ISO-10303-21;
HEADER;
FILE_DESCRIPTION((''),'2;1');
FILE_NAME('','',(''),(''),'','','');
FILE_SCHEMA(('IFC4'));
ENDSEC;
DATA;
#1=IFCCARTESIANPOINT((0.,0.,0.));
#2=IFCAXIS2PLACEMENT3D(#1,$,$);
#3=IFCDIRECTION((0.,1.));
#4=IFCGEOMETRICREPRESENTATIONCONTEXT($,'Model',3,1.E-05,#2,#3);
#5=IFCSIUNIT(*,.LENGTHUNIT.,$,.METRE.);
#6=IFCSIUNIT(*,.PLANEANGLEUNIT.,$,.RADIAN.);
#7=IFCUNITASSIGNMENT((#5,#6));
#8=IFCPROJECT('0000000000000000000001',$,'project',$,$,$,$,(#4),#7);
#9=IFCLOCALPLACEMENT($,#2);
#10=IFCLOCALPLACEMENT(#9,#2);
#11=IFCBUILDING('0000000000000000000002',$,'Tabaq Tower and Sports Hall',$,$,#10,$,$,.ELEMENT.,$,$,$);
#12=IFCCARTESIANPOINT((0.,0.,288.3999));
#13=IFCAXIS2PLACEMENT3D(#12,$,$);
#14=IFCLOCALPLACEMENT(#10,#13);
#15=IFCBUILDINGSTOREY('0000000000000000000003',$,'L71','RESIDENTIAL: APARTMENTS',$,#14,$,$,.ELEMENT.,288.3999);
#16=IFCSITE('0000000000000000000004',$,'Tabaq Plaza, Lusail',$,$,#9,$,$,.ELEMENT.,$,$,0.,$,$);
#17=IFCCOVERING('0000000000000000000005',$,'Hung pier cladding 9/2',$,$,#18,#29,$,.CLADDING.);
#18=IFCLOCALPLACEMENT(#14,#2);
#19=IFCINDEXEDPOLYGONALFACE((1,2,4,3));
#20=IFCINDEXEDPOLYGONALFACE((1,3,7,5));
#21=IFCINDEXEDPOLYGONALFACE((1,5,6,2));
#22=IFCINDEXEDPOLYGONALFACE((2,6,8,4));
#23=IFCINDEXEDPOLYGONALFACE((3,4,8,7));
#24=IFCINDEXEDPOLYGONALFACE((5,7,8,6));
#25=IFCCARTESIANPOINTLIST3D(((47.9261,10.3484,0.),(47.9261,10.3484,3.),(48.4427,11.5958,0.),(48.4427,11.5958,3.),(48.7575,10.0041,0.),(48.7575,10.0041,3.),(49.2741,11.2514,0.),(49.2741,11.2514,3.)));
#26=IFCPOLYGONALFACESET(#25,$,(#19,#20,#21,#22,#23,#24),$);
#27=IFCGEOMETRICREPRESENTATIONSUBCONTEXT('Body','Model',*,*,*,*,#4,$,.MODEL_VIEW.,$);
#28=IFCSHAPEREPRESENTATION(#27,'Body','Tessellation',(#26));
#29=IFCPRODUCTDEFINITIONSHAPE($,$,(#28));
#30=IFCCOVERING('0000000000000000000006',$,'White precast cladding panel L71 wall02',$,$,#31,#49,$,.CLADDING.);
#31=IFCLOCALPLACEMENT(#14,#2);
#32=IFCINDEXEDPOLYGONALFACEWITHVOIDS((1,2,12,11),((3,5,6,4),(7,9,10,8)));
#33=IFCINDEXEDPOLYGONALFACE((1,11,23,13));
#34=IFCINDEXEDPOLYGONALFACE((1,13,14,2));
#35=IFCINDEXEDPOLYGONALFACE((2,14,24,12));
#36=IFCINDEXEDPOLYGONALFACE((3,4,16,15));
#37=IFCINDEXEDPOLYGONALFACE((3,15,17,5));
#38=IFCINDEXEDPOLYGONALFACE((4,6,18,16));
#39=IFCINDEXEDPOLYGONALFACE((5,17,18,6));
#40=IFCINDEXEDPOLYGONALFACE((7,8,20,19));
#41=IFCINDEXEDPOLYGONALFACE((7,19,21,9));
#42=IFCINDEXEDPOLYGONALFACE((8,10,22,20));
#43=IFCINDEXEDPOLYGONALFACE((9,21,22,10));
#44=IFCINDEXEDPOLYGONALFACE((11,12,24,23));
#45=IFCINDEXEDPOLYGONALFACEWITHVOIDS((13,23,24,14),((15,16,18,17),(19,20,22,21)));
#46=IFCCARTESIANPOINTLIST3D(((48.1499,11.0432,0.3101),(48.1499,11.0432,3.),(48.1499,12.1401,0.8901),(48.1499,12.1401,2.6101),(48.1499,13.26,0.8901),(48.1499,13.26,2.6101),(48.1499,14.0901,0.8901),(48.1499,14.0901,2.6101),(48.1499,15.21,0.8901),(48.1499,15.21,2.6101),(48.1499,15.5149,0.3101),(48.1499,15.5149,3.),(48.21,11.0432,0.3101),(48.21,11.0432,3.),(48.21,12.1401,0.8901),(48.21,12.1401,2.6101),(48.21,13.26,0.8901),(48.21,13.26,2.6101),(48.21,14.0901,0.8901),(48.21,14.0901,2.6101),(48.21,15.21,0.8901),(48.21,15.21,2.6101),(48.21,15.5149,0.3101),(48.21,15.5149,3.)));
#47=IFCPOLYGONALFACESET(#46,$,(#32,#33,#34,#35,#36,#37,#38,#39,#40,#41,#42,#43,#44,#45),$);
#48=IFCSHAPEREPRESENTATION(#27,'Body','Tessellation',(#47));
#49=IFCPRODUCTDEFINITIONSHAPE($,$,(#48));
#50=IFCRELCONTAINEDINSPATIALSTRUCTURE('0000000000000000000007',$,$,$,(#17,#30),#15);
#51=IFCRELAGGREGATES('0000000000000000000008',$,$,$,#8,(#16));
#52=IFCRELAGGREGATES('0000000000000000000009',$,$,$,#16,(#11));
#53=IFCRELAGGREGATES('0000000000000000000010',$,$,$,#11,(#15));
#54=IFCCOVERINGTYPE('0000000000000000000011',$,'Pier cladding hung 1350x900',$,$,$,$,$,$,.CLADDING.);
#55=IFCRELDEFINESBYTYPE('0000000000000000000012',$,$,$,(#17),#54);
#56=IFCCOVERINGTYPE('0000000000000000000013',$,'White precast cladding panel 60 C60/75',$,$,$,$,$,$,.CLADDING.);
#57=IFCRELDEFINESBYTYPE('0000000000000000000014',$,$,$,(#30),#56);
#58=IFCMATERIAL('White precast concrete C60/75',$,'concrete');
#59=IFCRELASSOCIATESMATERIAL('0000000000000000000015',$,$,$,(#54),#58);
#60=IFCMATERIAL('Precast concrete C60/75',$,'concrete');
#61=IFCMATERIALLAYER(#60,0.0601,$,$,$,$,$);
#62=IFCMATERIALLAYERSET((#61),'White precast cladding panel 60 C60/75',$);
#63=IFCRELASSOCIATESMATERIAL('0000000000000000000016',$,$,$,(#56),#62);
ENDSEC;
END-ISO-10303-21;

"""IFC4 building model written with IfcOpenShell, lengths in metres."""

from ifc_helpers import new_model, si_unit, direction, frame, frame_2d, origin, place, context, subcontext, project, spatial, polyline, rectangle, outline, extrude, material, layer, layer_set, type_object, element, save


model = new_model("IFC4")

# Units and contexts
model_context = context("Model", 3, precision=1e-05, world=origin(), true_north=direction((0.0, 1.0)))
body_context = subcontext(model_context, "Body", "Model", "MODEL_VIEW")
ifc_project = project(units=[si_unit("LENGTHUNIT", "METRE"), si_unit("PLANEANGLEUNIT", "RADIAN")], contexts=[model_context])

# Site, building, storey
site_placement = place(None, origin())
site = spatial("IfcSite", under=ifc_project, at=site_placement, Name="Tabaq Plaza, Lusail", CompositionType="ELEMENT", RefElevation=0.0)
building_placement = place(site_placement, origin())
building = spatial("IfcBuilding", under=site, at=building_placement, Name="Tabaq Tower and Sports Hall", CompositionType="ELEMENT")
storey_placement = place(building_placement, frame((0.0, 0.0, 288.3999)))
storey = spatial("IfcBuildingStorey", under=building, at=storey_placement, Name="L71", Description="RESIDENTIAL: APARTMENTS", CompositionType="ELEMENT", Elevation=288.3999)

# Coverings
ifc_material_1 = material(Name="White precast concrete C60/75", Category="concrete")
covering_type_1 = type_object("IfcCoveringType", Name="Pier cladding hung 1350x900", PredefinedType="CLADDING", material=ifc_material_1)
covering_1_placement = place(storey_placement, frame((48.3418, 10.1763, 0.0), z_axis=(0.0, 0.0, 1.0), x_axis=(0.38265, 0.923893, 0.0)))
element("IfcCovering", 1, at=covering_1_placement, inside=storey, type_object=covering_type_1, Name="Hung pier cladding 9/2", PredefinedType="CLADDING", context=body_context, shape_type="SweptSolid", body=[
    extrude(rectangle(XDim=1.3501, YDim=0.8999, at=frame_2d((0.675, 0.0))), origin(), (0.0, 0.0, 1.0), 3.0),
])
ifc_material_2 = material(Name="Precast concrete C60/75", Category="concrete")
ifc_layer_1 = layer(ifc_material_2, 0.0601)
ifc_layer_set_1 = layer_set([ifc_layer_1], Name="White precast cladding panel 60 C60/75")
covering_type_2 = type_object("IfcCoveringType", Name="White precast cladding panel 60 C60/75", PredefinedType="CLADDING", material=ifc_layer_set_1)
covering_2_placement = place(storey_placement, frame((48.1799, 11.0432, 0.3101), z_axis=(0.0, 0.0, 1.0), x_axis=(0.0, 1.0, 0.0)))
element("IfcCovering", 2, at=covering_2_placement, inside=storey, type_object=covering_type_2, Name="White precast cladding panel L71 wall02", PredefinedType="CLADDING", context=body_context, shape_type="SweptSolid", body=[
    extrude(outline(polyline([(0.0, 0.0), (4.4717, 0.0), (4.4717, 2.6899), (0.0, 2.6899), (0.0, 0.0)]), holes=[polyline([(1.0969, 2.3), (2.2168, 2.3), (2.2168, 0.5801), (1.0969, 0.5801), (1.0969, 2.3)]), polyline([(3.0469, 2.3), (4.1667, 2.3), (4.1667, 0.5801), (3.0469, 0.5801), (3.0469, 2.3)])]), frame((0.0, 0.03, 0.0), z_axis=(0.0, -1.0, 0.0), x_axis=(1.0, 0.0, 0.0)), (0.0, 0.0, 1.0), 0.0601),
])

save(model, "model.ifc")
